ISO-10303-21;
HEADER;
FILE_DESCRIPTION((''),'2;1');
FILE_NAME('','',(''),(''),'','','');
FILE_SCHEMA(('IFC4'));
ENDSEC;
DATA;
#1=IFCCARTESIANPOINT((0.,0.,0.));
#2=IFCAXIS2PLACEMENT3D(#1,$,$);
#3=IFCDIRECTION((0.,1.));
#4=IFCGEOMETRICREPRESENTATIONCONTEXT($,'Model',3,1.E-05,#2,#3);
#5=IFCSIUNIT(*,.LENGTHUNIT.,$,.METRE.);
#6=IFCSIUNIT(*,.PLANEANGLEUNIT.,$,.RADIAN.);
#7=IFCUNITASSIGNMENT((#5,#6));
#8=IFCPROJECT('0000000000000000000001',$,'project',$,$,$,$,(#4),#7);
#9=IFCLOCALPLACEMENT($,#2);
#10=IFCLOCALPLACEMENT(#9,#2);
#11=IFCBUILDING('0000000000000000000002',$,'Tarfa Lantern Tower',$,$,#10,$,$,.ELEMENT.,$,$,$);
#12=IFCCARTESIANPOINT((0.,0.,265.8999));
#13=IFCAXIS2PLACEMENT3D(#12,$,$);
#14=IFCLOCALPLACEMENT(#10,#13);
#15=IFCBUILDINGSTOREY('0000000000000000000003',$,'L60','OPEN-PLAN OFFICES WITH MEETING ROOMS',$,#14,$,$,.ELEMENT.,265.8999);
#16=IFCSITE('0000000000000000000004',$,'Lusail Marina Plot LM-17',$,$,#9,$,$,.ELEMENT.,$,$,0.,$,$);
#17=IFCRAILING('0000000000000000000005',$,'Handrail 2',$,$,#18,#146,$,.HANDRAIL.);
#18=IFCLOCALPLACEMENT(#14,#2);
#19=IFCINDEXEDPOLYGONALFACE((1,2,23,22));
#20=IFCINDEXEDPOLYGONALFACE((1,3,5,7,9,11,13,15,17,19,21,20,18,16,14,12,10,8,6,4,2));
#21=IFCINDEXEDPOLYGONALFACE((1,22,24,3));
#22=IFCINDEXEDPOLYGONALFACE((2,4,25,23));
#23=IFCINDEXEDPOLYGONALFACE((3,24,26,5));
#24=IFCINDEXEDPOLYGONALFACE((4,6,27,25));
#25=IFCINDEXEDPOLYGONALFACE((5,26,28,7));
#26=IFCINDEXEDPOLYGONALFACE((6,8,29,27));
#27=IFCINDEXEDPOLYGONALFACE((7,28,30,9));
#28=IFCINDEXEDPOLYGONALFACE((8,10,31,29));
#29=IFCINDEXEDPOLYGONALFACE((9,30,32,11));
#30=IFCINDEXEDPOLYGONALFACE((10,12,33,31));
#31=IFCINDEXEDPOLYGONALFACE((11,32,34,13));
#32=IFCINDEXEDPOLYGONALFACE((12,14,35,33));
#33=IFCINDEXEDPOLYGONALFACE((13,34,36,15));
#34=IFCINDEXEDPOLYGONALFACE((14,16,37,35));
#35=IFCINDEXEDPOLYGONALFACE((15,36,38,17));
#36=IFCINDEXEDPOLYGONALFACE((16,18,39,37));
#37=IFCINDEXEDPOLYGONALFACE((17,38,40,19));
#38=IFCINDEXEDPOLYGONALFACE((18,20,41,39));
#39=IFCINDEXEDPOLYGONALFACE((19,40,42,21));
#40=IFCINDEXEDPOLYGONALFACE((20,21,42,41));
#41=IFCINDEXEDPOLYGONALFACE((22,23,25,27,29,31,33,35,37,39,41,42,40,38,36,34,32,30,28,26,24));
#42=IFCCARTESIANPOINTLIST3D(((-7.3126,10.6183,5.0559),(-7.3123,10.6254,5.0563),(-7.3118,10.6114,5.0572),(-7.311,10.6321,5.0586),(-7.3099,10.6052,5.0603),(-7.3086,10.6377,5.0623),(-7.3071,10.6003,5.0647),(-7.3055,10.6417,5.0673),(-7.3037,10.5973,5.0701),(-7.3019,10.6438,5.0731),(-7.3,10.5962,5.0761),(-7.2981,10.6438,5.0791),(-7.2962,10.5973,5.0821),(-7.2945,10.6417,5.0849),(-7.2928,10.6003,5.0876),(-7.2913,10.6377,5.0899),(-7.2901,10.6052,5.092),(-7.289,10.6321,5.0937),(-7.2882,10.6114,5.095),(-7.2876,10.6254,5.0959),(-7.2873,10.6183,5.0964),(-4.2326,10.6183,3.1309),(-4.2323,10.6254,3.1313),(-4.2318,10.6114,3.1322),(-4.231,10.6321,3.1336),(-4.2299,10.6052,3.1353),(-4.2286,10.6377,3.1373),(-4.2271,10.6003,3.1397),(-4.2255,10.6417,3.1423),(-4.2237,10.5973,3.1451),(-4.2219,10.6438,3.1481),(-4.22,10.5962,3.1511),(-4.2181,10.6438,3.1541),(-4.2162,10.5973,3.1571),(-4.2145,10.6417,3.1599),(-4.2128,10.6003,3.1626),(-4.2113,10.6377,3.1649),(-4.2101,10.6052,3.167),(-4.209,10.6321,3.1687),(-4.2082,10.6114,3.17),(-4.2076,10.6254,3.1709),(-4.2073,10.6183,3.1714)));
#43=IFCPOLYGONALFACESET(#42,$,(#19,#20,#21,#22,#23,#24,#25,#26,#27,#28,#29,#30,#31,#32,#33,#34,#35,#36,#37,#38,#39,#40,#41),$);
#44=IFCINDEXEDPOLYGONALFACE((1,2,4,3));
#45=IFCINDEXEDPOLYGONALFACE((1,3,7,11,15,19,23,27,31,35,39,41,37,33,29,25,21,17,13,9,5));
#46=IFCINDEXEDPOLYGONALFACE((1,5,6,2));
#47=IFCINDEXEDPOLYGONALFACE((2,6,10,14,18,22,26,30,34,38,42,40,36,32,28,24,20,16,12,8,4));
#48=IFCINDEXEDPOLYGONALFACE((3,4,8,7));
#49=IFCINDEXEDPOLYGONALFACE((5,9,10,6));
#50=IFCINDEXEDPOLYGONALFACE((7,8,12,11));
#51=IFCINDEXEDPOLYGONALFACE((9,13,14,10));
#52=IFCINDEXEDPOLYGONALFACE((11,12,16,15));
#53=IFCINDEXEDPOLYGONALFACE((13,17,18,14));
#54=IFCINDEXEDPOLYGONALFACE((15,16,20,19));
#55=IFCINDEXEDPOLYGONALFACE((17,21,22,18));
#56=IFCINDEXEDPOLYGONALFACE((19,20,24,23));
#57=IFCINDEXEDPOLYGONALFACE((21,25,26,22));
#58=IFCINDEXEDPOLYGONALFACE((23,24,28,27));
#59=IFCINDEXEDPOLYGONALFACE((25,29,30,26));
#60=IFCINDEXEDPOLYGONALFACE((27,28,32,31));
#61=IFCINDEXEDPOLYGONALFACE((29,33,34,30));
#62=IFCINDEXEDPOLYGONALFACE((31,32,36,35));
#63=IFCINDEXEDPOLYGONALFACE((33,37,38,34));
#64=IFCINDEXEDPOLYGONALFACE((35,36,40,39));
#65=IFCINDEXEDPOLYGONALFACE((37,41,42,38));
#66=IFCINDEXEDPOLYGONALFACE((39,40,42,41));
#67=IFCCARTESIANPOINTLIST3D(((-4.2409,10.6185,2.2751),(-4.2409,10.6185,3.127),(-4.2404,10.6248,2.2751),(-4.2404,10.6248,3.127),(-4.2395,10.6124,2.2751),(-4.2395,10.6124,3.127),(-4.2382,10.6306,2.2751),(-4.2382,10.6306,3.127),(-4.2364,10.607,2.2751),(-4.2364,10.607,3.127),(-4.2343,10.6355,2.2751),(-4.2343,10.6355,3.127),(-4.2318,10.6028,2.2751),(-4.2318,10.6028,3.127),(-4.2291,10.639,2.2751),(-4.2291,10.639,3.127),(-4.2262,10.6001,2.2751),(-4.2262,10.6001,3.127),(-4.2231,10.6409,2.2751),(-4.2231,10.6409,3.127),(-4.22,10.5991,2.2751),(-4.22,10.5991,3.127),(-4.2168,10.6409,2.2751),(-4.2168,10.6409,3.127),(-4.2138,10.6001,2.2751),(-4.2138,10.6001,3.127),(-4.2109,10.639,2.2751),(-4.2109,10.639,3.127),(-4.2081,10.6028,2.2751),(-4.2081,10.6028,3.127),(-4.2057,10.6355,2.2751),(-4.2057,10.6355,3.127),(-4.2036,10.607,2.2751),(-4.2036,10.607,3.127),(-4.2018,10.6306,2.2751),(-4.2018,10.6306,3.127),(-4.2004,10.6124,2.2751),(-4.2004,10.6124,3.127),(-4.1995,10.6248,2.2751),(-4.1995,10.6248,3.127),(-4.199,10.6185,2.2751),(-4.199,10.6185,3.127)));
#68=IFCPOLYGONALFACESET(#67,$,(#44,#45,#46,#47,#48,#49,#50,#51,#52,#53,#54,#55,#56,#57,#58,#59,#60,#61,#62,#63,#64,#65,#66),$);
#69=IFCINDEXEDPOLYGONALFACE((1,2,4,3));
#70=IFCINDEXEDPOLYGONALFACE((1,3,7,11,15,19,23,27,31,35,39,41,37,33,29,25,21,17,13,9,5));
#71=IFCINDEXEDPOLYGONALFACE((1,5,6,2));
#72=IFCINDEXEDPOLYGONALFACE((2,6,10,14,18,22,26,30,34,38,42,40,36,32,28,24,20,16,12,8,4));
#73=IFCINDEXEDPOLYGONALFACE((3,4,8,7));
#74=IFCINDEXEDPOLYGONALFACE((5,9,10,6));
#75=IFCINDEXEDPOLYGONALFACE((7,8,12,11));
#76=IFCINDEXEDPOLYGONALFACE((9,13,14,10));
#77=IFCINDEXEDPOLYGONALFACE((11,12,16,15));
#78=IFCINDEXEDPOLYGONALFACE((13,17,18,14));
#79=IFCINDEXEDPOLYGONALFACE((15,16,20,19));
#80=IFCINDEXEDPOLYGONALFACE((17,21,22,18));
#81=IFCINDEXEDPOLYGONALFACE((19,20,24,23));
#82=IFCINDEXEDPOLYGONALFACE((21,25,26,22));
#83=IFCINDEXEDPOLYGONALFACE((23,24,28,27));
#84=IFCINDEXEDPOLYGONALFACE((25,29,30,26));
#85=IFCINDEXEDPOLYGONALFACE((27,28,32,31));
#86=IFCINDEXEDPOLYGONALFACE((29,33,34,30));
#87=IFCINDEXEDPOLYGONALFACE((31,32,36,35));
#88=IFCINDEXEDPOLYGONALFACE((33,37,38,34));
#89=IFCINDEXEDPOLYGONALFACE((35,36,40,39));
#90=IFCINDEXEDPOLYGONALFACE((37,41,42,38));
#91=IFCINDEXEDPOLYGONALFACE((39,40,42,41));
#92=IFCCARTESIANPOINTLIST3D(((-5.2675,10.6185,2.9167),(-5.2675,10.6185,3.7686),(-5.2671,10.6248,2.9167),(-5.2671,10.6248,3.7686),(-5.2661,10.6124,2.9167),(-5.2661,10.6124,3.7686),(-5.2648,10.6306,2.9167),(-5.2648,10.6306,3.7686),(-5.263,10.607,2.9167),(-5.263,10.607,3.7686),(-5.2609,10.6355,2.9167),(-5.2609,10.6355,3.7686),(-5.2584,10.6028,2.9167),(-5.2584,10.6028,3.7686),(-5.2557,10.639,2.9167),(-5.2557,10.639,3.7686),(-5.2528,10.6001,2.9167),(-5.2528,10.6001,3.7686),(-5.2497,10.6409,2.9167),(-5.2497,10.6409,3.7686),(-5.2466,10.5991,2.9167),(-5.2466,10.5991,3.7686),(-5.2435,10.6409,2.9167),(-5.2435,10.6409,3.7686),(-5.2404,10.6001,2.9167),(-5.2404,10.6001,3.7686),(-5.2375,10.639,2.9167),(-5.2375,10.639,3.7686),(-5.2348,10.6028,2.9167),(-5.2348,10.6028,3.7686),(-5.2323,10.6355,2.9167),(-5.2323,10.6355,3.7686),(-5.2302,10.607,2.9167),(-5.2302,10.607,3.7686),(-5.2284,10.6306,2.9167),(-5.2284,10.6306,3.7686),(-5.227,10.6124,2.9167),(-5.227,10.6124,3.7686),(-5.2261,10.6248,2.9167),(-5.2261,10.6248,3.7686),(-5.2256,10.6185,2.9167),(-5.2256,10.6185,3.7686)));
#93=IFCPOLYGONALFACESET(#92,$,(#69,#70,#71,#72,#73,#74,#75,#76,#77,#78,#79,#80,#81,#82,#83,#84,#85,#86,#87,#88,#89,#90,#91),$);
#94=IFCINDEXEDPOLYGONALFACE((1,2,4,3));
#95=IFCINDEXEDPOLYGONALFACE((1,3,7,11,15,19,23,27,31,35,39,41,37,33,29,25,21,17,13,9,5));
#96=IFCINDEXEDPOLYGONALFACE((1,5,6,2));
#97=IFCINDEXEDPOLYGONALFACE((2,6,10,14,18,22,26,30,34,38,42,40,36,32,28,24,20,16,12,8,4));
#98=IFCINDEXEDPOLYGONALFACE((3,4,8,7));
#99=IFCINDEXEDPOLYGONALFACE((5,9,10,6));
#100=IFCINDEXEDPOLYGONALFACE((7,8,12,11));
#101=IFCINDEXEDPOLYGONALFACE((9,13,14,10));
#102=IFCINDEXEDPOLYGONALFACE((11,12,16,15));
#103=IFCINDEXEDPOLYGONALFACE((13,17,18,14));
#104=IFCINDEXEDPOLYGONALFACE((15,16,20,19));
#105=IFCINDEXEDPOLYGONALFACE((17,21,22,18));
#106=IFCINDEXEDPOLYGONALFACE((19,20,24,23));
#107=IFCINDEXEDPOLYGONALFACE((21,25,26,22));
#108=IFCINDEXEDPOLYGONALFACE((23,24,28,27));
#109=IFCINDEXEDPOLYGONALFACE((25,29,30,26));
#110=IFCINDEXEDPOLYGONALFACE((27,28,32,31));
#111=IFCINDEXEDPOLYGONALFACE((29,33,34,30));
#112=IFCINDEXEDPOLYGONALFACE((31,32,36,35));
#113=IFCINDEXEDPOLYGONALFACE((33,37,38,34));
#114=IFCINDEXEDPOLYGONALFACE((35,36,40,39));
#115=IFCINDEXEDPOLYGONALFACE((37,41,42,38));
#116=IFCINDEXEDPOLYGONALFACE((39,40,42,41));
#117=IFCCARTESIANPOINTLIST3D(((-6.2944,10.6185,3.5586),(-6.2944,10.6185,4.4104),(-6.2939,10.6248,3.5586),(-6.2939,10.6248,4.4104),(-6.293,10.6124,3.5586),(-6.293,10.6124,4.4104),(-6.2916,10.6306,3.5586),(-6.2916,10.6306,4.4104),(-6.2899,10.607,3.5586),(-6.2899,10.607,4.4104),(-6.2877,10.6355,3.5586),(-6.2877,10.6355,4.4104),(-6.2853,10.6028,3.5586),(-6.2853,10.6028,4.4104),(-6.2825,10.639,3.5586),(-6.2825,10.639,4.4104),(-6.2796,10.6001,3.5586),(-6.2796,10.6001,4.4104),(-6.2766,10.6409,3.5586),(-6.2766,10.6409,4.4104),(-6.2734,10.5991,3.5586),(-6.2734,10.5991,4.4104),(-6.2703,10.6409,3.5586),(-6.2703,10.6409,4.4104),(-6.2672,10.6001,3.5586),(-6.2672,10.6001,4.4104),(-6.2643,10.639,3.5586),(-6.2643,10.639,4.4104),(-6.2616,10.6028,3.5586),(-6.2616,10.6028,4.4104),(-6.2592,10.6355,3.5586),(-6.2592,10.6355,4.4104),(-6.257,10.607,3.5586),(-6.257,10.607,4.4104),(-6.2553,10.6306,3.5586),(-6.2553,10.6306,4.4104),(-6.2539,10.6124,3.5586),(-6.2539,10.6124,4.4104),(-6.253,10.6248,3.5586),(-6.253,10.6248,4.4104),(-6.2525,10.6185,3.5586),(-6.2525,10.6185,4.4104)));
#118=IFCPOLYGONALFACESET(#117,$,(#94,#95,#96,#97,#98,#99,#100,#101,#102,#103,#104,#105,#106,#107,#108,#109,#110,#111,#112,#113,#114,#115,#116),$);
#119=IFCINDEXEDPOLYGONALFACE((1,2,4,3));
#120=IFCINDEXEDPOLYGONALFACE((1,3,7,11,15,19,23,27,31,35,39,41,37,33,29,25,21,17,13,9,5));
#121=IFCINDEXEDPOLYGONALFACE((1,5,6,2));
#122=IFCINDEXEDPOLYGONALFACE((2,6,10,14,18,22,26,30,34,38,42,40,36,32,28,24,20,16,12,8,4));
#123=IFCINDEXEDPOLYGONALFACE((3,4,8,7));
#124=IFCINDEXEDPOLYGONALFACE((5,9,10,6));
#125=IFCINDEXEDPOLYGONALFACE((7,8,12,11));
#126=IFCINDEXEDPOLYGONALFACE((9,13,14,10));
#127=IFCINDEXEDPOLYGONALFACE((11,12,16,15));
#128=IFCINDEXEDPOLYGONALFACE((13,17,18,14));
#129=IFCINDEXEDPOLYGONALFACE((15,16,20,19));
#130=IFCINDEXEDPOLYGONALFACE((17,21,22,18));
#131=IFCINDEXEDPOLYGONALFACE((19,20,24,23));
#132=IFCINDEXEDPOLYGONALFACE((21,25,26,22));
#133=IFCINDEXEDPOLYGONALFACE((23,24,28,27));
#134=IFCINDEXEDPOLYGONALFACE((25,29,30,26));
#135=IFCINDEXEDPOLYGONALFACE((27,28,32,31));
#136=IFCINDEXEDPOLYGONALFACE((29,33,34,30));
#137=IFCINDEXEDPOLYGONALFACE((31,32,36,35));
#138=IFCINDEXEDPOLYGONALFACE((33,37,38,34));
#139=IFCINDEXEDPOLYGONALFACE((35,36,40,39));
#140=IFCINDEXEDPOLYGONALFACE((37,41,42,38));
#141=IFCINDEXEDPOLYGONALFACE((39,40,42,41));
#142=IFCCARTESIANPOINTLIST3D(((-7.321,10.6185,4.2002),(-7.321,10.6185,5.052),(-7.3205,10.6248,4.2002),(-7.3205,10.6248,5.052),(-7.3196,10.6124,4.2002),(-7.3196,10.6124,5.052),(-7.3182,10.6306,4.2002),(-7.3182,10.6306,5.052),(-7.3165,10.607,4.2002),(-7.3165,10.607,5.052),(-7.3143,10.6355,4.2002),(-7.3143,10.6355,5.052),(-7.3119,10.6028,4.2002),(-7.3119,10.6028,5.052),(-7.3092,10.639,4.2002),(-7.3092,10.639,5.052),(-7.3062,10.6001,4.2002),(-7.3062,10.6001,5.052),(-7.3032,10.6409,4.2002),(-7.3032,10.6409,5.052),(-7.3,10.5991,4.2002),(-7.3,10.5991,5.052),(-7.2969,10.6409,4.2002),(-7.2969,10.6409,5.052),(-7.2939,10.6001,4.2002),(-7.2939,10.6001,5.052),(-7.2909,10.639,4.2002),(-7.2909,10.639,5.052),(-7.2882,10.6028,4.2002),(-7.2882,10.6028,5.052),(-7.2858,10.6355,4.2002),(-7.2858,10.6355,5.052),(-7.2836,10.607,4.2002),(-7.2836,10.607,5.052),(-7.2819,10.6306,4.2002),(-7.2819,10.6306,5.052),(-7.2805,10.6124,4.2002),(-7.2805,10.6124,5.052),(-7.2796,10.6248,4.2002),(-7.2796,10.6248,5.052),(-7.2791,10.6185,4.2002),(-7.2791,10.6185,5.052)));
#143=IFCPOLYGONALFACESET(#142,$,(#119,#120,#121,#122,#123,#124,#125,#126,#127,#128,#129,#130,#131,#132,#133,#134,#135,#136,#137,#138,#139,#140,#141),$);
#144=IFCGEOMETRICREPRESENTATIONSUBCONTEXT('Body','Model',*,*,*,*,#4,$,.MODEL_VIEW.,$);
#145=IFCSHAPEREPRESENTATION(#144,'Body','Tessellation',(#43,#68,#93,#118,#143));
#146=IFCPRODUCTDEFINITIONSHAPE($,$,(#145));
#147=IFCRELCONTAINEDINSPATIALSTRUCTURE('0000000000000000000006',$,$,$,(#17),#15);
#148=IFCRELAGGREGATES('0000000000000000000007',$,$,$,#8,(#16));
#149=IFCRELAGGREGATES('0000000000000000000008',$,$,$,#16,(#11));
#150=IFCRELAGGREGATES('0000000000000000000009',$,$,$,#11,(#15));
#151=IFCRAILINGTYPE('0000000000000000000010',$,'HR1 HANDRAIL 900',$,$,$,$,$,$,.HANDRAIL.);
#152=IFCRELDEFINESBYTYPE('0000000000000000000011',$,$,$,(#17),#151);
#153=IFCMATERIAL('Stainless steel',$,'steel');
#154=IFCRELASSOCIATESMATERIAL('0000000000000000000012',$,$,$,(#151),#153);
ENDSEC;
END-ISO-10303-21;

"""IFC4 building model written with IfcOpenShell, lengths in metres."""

from ifc_helpers import new_model, si_unit, direction, frame, origin, origin_2d, place, context, subcontext, project, spatial, circle, extrude, material, type_object, element, save


model = new_model("IFC4")

# Units and contexts
model_context = context("Model", 3, precision=1e-05, world=origin(), true_north=direction((0.0, 1.0)))
body_context = subcontext(model_context, "Body", "Model", "MODEL_VIEW")
ifc_project = project(units=[si_unit("LENGTHUNIT", "METRE"), si_unit("PLANEANGLEUNIT", "RADIAN")], contexts=[model_context])

# Site, building, storey
site_placement = place(None, origin())
site = spatial("IfcSite", under=ifc_project, at=site_placement, Name="Lusail Marina Plot LM-17", CompositionType="ELEMENT", RefElevation=0.0)
building_placement = place(site_placement, origin())
building = spatial("IfcBuilding", under=site, at=building_placement, Name="Tarfa Lantern Tower", CompositionType="ELEMENT")
storey_placement = place(building_placement, frame((0.0, 0.0, 265.8999)))
storey = spatial("IfcBuildingStorey", under=building, at=storey_placement, Name="L60", Description="OPEN-PLAN OFFICES WITH MEETING ROOMS", CompositionType="ELEMENT", Elevation=265.8999)

# Railing
ifc_material_1 = material(Name="Stainless steel", Category="steel")
railing_type = type_object("IfcRailingType", Name="HR1 HANDRAIL 900", PredefinedType="HANDRAIL", material=ifc_material_1)
railing_1_placement = place(storey_placement, frame((-4.22, 10.6201, 2.2751)))
element("IfcRailing", 1, at=railing_1_placement, inside=storey, type_object=railing_type, Name="Handrail 2", PredefinedType="HANDRAIL", context=body_context, shape_type="SweptSolid", body=[
    extrude(circle(Radius=0.0239, at=origin_2d()), frame((0.0, 0.0, 0.876), z_axis=(-0.847998, 0.0, 0.529999), x_axis=(0.0, -1.0, 0.0)), (0.0, 0.0, 1.0), 3.6321),
    extrude(circle(Radius=0.021, at=origin_2d()), frame((0.0, 0.0, 0.0), z_axis=(0.0, 0.0, 1.0), x_axis=(0.0, -1.0, 0.0)), (0.0, 0.0, 1.0), 0.8518),
    extrude(circle(Radius=0.021, at=origin_2d()), frame((-1.0266, 0.0, 0.6416), z_axis=(0.0, 0.0, 1.0), x_axis=(0.0, -1.0, 0.0)), (0.0, 0.0, 1.0), 0.8518),
    extrude(circle(Radius=0.021, at=origin_2d()), frame((-2.0535, 0.0, 1.2834), z_axis=(0.0, 0.0, 1.0), x_axis=(0.0, -1.0, 0.0)), (0.0, 0.0, 1.0), 0.8518),
    extrude(circle(Radius=0.021, at=origin_2d()), frame((-3.0801, 0.0, 1.925), z_axis=(0.0, 0.0, 1.0), x_axis=(0.0, -1.0, 0.0)), (0.0, 0.0, 1.0), 0.8518),
])

save(model, "model.ifc")
